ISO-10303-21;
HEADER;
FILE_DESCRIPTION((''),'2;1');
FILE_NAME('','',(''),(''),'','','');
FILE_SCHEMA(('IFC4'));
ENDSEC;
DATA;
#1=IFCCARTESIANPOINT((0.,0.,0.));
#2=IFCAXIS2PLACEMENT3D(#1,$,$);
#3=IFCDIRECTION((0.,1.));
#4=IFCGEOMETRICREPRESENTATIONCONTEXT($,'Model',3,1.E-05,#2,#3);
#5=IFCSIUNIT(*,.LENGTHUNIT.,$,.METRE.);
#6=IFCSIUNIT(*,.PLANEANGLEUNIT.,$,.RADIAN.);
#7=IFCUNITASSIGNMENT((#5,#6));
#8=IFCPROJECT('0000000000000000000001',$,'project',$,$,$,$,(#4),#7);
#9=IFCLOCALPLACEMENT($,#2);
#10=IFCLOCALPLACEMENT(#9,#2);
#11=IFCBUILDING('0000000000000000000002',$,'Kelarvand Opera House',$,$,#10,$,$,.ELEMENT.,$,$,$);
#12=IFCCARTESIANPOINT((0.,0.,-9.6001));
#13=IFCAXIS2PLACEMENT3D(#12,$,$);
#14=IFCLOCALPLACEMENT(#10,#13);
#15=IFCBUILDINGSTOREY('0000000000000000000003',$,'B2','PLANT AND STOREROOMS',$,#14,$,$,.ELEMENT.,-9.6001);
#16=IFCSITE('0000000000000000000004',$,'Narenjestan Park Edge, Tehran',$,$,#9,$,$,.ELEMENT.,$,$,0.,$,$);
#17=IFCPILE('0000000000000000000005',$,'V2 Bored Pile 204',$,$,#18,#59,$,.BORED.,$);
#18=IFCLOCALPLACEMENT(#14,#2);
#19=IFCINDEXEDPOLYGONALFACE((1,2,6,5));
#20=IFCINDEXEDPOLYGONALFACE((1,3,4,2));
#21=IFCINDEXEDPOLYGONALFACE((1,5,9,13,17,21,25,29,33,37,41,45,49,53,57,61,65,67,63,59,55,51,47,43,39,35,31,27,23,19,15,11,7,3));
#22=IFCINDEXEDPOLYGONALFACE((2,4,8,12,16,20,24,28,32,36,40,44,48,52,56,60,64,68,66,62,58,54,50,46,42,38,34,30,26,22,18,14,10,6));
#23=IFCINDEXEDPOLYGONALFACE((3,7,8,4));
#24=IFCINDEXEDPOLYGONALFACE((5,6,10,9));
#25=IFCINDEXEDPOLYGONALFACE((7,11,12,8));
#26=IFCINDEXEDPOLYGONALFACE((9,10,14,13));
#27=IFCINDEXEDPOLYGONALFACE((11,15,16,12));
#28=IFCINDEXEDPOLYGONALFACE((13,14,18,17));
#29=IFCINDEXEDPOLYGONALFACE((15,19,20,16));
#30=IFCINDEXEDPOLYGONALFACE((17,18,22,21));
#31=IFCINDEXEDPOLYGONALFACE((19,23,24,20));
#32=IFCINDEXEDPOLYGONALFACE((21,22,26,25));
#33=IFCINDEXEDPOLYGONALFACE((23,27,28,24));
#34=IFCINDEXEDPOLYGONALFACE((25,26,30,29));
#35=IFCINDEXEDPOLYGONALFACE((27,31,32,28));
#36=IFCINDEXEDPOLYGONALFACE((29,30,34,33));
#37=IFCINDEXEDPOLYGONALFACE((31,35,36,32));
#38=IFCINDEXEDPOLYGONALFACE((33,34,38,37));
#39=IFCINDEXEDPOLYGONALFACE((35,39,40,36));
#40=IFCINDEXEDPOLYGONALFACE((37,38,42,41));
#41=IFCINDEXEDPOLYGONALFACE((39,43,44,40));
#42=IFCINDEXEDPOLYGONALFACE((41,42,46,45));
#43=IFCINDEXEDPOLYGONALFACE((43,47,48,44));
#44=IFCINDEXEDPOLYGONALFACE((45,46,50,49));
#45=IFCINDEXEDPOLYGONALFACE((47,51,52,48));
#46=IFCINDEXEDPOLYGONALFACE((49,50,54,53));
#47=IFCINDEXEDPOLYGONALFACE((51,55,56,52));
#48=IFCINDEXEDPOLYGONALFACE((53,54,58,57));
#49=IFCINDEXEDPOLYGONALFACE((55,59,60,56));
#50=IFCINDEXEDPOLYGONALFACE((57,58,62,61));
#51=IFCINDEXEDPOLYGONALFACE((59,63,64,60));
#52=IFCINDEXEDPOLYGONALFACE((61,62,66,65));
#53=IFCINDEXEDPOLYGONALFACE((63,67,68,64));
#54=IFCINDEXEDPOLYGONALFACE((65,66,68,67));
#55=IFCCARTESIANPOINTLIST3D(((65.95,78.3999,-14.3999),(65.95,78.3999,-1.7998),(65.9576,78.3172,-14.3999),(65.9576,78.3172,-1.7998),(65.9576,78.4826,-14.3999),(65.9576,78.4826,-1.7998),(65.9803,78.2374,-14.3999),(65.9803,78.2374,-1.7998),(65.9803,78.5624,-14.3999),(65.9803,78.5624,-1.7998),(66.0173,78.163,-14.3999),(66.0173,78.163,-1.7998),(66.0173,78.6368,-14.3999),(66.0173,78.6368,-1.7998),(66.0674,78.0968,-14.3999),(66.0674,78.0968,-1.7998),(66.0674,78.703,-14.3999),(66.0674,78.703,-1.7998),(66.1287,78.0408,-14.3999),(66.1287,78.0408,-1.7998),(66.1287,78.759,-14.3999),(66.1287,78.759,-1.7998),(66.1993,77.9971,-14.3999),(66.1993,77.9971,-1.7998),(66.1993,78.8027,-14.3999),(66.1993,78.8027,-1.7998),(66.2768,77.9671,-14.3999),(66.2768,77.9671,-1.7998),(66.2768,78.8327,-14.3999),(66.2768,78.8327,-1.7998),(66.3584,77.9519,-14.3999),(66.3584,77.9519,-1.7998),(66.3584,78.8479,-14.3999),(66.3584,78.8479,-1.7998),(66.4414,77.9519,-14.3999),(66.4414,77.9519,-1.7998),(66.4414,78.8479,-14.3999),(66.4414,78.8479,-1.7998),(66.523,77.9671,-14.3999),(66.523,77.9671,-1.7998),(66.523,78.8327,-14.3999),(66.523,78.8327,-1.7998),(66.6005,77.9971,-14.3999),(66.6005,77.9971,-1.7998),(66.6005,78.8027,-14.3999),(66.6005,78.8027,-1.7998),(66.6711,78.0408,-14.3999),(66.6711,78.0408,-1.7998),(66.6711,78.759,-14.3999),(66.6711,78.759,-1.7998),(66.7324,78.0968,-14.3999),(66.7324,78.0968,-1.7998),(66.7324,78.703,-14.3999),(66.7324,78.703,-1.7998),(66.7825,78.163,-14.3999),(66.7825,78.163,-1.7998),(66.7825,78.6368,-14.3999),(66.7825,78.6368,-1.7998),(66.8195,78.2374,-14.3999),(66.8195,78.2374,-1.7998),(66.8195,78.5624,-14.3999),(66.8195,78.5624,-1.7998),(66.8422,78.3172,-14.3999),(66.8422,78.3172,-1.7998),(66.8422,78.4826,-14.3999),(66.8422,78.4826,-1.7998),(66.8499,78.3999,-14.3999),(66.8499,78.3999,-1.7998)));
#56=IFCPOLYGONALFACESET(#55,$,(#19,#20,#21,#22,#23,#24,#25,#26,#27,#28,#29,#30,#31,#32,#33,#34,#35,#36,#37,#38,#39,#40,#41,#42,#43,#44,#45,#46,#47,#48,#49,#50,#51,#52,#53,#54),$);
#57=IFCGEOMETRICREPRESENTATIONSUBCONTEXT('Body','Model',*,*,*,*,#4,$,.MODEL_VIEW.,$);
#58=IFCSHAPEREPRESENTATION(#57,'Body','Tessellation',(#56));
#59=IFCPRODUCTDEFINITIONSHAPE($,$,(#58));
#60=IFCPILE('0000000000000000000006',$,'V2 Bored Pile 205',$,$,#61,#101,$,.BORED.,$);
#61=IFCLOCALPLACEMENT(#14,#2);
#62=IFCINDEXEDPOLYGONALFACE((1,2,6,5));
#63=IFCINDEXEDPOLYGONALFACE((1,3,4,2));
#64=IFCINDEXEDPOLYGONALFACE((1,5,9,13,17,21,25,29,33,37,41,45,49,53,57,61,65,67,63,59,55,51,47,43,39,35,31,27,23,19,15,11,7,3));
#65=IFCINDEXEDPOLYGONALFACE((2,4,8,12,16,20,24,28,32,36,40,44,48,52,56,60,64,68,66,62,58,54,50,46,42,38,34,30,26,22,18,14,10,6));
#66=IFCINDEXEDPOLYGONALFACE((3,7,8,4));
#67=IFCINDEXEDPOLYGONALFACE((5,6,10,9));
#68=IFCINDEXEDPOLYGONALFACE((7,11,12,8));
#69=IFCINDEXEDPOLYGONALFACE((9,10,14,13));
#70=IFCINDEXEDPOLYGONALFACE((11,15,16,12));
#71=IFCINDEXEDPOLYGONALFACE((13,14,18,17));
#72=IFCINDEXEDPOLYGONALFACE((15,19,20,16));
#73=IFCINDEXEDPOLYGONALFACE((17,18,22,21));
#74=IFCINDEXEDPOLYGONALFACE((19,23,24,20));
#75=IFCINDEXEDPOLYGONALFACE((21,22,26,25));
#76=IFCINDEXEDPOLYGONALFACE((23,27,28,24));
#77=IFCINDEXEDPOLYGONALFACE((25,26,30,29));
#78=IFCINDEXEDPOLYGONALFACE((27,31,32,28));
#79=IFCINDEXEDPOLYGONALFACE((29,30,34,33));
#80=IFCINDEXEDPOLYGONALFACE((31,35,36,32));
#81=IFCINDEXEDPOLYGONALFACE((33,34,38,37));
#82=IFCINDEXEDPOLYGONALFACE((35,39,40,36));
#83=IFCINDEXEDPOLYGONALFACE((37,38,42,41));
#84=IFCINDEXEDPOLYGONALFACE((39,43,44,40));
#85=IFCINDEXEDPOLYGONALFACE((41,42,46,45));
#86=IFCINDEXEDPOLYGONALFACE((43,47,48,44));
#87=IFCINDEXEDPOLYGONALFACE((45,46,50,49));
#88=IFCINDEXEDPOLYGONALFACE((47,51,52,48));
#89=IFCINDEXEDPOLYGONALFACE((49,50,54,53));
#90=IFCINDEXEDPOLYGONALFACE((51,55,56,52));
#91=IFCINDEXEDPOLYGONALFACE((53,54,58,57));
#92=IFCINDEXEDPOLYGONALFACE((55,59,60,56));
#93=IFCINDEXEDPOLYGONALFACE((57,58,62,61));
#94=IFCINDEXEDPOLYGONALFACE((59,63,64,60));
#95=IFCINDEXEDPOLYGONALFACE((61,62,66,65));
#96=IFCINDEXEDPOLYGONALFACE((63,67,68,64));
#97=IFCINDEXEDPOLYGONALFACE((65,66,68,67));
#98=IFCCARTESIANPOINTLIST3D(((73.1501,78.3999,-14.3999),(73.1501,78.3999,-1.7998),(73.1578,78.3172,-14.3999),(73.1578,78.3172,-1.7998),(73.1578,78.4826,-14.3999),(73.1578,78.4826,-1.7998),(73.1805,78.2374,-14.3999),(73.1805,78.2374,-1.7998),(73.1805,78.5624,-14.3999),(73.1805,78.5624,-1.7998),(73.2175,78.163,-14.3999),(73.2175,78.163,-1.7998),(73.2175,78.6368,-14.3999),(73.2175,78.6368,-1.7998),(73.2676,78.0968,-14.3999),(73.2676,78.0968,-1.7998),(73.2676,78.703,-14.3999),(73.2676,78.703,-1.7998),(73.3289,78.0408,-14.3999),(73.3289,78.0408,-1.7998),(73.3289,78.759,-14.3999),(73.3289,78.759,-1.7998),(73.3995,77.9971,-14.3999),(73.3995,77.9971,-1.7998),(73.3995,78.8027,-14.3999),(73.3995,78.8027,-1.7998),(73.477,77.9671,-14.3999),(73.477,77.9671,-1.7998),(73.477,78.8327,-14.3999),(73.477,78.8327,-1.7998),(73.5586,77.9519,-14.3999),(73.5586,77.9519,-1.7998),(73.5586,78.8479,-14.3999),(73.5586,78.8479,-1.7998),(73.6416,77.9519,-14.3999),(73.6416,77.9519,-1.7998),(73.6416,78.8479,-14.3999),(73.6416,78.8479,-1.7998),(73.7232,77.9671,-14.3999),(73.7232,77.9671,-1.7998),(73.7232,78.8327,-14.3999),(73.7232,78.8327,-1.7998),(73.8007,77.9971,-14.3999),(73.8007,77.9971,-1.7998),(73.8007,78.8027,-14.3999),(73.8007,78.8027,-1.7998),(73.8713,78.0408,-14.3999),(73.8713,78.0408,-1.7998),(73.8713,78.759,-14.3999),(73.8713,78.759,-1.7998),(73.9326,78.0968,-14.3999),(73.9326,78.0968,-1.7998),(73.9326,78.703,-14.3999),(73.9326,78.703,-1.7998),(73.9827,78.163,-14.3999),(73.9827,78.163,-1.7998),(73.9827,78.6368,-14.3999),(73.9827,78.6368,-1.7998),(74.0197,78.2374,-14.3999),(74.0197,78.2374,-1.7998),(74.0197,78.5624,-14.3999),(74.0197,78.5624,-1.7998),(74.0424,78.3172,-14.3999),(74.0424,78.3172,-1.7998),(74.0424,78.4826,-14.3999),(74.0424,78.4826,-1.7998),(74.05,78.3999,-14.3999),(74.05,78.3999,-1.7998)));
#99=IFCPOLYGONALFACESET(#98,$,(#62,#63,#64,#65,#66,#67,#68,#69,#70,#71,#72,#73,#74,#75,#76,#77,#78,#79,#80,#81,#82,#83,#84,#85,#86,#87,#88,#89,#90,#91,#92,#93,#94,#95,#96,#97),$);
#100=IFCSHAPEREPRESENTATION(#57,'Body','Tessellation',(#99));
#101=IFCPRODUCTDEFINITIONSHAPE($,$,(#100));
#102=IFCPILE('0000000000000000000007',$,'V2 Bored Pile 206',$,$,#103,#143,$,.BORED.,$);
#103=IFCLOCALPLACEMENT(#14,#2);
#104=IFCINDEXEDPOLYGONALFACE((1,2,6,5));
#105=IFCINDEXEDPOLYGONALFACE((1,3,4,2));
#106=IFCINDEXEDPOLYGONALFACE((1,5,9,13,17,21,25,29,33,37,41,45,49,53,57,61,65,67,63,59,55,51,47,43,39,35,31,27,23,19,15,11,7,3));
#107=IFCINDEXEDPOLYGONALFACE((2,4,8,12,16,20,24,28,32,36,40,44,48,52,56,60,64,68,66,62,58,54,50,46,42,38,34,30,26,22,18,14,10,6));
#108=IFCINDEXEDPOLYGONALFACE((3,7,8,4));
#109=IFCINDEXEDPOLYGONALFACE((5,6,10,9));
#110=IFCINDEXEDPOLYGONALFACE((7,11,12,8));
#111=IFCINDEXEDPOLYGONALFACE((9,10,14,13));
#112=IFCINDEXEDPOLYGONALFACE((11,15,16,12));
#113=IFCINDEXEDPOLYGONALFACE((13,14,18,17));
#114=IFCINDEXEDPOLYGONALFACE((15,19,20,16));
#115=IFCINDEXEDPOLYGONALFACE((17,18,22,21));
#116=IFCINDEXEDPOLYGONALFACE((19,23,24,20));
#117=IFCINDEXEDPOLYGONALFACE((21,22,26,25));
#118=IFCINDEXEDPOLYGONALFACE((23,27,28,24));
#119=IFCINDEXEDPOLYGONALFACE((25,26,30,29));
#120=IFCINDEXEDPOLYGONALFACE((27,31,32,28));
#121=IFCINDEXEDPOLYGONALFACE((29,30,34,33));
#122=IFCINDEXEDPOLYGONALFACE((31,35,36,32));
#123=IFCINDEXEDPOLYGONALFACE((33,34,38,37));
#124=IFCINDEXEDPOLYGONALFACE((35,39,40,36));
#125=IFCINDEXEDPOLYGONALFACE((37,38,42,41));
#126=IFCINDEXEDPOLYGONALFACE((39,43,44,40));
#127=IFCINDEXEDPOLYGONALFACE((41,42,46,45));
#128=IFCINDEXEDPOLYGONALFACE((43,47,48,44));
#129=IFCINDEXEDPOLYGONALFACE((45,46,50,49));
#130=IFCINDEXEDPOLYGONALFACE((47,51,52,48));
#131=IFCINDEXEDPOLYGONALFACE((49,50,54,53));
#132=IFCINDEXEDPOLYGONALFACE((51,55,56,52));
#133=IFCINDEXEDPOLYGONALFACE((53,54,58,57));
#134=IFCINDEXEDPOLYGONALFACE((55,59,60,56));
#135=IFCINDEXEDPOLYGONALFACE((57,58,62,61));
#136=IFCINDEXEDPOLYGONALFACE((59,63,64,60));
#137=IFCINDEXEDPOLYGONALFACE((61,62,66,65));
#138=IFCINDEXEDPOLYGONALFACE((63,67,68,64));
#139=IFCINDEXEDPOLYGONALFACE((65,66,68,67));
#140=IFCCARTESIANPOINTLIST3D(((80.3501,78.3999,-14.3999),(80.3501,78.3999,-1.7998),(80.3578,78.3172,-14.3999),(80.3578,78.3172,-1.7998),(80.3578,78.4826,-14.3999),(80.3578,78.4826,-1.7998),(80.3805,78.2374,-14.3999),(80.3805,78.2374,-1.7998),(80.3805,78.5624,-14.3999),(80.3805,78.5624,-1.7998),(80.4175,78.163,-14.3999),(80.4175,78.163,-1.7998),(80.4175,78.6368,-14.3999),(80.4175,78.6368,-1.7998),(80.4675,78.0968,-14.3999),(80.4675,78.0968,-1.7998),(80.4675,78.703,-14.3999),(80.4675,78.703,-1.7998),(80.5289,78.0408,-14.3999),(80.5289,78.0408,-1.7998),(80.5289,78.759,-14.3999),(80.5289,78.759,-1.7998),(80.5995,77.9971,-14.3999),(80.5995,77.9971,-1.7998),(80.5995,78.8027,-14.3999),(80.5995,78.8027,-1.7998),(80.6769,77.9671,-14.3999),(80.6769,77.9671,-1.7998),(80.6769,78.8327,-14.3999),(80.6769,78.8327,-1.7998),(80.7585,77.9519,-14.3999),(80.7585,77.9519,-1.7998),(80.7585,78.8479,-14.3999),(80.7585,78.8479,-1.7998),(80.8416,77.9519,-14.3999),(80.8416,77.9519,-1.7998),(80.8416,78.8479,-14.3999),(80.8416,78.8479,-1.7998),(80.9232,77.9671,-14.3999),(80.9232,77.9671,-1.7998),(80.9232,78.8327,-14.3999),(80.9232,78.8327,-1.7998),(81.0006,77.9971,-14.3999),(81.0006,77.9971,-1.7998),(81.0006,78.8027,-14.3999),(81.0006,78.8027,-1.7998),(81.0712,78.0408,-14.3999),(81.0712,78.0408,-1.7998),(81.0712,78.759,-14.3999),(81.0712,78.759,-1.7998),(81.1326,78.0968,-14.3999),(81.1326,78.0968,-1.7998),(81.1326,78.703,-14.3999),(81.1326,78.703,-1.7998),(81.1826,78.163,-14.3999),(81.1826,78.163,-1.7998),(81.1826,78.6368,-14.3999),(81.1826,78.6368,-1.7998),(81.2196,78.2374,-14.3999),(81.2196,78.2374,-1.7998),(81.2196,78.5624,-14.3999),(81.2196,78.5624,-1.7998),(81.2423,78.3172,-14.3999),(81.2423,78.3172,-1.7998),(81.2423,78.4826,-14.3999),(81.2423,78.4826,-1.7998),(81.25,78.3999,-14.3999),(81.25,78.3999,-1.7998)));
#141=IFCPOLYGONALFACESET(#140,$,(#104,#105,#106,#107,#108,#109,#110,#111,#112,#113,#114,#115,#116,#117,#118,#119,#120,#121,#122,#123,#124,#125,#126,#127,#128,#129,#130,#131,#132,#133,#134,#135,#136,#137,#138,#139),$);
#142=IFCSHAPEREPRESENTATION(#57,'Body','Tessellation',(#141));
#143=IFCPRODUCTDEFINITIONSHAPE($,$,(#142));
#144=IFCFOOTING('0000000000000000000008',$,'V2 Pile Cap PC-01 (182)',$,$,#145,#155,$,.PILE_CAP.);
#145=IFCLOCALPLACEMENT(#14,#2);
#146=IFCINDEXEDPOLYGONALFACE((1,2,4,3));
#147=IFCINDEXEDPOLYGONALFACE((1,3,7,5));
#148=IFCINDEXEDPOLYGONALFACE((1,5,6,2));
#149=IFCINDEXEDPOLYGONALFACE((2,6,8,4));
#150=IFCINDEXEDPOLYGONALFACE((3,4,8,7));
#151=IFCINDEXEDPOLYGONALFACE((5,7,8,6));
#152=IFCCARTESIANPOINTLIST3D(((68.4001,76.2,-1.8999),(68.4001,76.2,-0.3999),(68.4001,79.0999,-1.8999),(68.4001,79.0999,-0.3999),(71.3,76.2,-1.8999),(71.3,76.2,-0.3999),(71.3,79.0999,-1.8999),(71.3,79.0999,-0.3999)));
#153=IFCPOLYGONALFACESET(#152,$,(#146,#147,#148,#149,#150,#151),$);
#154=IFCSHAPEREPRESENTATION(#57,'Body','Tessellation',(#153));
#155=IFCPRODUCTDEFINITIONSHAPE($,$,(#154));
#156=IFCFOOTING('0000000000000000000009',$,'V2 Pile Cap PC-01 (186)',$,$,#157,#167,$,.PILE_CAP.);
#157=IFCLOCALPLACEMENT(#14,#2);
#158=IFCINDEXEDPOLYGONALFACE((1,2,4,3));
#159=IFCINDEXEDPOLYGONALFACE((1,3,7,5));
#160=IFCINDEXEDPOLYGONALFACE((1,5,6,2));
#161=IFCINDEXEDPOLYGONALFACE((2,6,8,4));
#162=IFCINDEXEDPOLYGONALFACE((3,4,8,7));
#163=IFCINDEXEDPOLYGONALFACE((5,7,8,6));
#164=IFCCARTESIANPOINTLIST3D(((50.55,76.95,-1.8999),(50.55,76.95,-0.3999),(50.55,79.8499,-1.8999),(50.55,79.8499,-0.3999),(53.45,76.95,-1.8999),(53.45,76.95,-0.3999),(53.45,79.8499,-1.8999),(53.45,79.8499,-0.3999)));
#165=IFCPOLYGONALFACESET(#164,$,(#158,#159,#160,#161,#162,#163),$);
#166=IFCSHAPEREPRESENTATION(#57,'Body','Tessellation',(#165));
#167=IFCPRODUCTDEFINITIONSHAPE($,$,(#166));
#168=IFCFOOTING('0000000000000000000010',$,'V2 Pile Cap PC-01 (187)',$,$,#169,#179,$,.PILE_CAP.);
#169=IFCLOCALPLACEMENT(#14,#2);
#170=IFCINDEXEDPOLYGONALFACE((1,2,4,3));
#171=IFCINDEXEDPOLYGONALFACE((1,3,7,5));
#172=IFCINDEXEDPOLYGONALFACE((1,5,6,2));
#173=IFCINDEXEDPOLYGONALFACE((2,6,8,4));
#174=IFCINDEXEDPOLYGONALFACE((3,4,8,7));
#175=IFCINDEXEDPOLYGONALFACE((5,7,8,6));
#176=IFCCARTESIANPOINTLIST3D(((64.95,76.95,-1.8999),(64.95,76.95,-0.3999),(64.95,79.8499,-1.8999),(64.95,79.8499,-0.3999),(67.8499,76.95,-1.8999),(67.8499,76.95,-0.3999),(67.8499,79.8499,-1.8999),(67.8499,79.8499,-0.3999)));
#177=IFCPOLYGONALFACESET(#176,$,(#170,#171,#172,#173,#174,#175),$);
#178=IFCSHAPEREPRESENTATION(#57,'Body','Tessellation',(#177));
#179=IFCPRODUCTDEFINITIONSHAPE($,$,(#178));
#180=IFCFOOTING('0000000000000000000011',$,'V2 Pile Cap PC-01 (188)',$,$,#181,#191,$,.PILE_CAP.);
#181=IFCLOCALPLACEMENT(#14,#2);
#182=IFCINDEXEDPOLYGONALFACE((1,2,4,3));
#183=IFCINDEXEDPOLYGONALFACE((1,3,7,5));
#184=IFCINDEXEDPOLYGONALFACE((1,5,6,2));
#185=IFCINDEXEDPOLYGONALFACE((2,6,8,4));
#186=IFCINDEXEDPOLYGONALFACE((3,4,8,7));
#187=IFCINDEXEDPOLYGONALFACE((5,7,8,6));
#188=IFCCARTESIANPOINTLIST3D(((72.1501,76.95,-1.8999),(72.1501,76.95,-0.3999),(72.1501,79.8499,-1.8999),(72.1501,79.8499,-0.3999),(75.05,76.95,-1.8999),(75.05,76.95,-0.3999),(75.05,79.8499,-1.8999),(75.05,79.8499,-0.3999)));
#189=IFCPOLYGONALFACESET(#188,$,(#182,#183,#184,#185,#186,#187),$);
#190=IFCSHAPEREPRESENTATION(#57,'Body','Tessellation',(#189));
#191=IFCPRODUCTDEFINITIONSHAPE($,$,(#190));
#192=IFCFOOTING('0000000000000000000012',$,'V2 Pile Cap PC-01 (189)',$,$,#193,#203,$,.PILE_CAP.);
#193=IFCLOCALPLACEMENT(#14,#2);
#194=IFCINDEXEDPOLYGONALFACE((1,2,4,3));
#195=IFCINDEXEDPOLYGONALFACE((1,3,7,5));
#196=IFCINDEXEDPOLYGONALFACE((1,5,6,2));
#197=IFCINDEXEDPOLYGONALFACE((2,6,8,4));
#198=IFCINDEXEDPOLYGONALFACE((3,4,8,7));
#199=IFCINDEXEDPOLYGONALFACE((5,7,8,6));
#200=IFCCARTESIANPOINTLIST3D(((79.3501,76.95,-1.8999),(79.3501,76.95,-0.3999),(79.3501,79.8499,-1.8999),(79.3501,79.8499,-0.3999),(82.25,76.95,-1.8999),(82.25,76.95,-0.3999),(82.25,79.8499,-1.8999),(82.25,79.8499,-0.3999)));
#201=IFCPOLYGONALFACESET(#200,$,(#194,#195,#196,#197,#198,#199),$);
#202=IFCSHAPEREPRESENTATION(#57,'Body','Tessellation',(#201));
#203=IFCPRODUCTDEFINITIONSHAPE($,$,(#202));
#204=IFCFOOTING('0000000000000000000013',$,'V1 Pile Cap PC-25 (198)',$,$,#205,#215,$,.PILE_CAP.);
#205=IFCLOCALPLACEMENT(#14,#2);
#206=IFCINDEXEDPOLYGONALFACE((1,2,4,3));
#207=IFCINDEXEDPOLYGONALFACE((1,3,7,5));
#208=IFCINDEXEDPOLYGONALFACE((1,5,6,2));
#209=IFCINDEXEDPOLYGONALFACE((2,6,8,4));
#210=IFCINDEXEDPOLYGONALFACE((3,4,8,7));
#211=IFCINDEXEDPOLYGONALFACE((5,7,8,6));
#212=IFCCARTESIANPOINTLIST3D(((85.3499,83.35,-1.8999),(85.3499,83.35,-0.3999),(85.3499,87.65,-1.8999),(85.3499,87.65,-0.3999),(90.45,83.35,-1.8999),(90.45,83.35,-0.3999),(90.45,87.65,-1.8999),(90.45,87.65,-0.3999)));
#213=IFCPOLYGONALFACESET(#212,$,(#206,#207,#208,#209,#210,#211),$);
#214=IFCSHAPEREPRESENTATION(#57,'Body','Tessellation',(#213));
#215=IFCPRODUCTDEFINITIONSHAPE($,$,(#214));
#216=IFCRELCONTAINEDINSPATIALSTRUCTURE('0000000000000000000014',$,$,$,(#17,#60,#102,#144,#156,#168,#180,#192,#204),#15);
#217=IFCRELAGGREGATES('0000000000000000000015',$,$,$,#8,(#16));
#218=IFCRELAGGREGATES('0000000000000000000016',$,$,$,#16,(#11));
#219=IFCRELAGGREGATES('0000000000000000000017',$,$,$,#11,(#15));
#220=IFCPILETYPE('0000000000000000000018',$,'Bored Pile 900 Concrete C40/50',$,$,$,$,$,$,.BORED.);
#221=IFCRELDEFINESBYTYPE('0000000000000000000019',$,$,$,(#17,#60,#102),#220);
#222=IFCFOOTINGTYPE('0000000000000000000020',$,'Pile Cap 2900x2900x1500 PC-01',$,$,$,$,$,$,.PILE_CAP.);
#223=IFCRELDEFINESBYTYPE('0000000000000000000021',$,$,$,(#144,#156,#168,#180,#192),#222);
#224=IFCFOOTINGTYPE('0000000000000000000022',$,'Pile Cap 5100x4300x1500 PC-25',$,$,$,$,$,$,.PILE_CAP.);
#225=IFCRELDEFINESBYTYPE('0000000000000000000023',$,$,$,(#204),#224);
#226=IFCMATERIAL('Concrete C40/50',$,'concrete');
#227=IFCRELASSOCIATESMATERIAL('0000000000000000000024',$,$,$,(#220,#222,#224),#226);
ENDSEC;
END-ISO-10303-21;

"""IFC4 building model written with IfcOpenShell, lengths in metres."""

from ifc_helpers import new_model, si_unit, direction, frame, origin, origin_2d, place, context, subcontext, project, spatial, rectangle, circle, extrude, material, material_profile, profile_set, type_object, element, save


model = new_model("IFC4")

# Units and contexts
model_context = context("Model", 3, precision=1e-05, world=origin(), true_north=direction((0.0, 1.0)))
body_context = subcontext(model_context, "Body", "Model", "MODEL_VIEW")
ifc_project = project(units=[si_unit("LENGTHUNIT", "METRE"), si_unit("PLANEANGLEUNIT", "RADIAN")], contexts=[model_context])

# Site, building, storey
site_placement = place(None, origin())
site = spatial("IfcSite", under=ifc_project, at=site_placement, Name="Narenjestan Park Edge, Tehran", CompositionType="ELEMENT", RefElevation=0.0)
building_placement = place(site_placement, origin())
building = spatial("IfcBuilding", under=site, at=building_placement, Name="Kelarvand Opera House", CompositionType="ELEMENT")
storey_placement = place(building_placement, frame((0.0, 0.0, -9.6001)))
storey = spatial("IfcBuildingStorey", under=building, at=storey_placement, Name="B2", Description="PLANT AND STOREROOMS", CompositionType="ELEMENT", Elevation=-9.6001)

# Piles
ifc_material_1 = material(Name="Concrete C40/50", Category="concrete")
ifc_material_profile_1 = material_profile(ifc_material_1, circle(Radius=0.45, at=origin_2d()), Name="BP 900", Category="concrete")
ifc_profile_set_1 = profile_set([ifc_material_profile_1], Name="Concrete C40/50")
pile_type_1 = type_object("IfcPileType", Name="Bored Pile 900 Concrete C40/50", PredefinedType="BORED", material=ifc_profile_set_1)
for number, where, z_axis, x_axis, name in (
    (1, (66.3999, 78.3999, -1.7998), (0.0, 0.0, -1.0), (1.0, 0.0, 0.0), "V2 Bored Pile 204"),
    (2, (73.6001, 78.3999, -1.7998), (0.0, 0.0, -1.0), (1.0, 0.0, 0.0), "V2 Bored Pile 205"),
    (3, (80.8, 78.3999, -1.7998), (0.0, 0.0, -1.0), (1.0, 0.0, 0.0), "V2 Bored Pile 206"),
):
    element("IfcPile", number, at=place(storey_placement, frame(where, z_axis=z_axis, x_axis=x_axis)), inside=storey, type_object=pile_type_1, Name=name, PredefinedType="BORED", context=body_context, shape_type="SweptSolid", body=[
        extrude(circle(Radius=0.45, at=origin_2d()), origin(), (0.0, 0.0, 1.0), 12.6001),
    ])

# Footings
footing_type_1 = type_object("IfcFootingType", Name="Pile Cap 2900x2900x1500 PC-01", PredefinedType="PILE_CAP", material=ifc_material_1)
for number, where, z_axis, x_axis, name in (
    (4, (69.8501, 77.6499, -1.8999), (0.0, 0.0, 1.0), (1.0, 0.0, 0.0), "V2 Pile Cap PC-01 (182)"),
    (5, (52.0, 78.3999, -1.8999), (0.0, 0.0, 1.0), (1.0, 0.0, 0.0), "V2 Pile Cap PC-01 (186)"),
    (6, (66.3999, 78.3999, -1.8999), (0.0, 0.0, 1.0), (1.0, 0.0, 0.0), "V2 Pile Cap PC-01 (187)"),
    (7, (73.6001, 78.3999, -1.8999), (0.0, 0.0, 1.0), (1.0, 0.0, 0.0), "V2 Pile Cap PC-01 (188)"),
    (8, (80.8, 78.3999, -1.8999), (0.0, 0.0, 1.0), (1.0, 0.0, 0.0), "V2 Pile Cap PC-01 (189)"),
):
    element("IfcFooting", number, at=place(storey_placement, frame(where, z_axis=z_axis, x_axis=x_axis)), inside=storey, type_object=footing_type_1, Name=name, PredefinedType="PILE_CAP", context=body_context, shape_type="SweptSolid", body=[
        extrude(rectangle(XDim=2.8999, YDim=2.8999, at=origin_2d()), origin(), (0.0, 0.0, 1.0), 1.5),
    ])
footing_type_2 = type_object("IfcFootingType", Name="Pile Cap 5100x4300x1500 PC-25", PredefinedType="PILE_CAP", material=ifc_material_1)
footing_1_placement = place(storey_placement, frame((87.8999, 85.5, -1.8999), z_axis=(0.0, 0.0, 1.0), x_axis=(1.0, 0.0, 0.0)))
element("IfcFooting", 9, at=footing_1_placement, inside=storey, type_object=footing_type_2, Name="V1 Pile Cap PC-25 (198)", PredefinedType="PILE_CAP", context=body_context, shape_type="SweptSolid", body=[
    extrude(rectangle(XDim=5.1001, YDim=4.3, at=origin_2d()), origin(), (0.0, 0.0, 1.0), 1.5),
])

save(model, "model.ifc")
